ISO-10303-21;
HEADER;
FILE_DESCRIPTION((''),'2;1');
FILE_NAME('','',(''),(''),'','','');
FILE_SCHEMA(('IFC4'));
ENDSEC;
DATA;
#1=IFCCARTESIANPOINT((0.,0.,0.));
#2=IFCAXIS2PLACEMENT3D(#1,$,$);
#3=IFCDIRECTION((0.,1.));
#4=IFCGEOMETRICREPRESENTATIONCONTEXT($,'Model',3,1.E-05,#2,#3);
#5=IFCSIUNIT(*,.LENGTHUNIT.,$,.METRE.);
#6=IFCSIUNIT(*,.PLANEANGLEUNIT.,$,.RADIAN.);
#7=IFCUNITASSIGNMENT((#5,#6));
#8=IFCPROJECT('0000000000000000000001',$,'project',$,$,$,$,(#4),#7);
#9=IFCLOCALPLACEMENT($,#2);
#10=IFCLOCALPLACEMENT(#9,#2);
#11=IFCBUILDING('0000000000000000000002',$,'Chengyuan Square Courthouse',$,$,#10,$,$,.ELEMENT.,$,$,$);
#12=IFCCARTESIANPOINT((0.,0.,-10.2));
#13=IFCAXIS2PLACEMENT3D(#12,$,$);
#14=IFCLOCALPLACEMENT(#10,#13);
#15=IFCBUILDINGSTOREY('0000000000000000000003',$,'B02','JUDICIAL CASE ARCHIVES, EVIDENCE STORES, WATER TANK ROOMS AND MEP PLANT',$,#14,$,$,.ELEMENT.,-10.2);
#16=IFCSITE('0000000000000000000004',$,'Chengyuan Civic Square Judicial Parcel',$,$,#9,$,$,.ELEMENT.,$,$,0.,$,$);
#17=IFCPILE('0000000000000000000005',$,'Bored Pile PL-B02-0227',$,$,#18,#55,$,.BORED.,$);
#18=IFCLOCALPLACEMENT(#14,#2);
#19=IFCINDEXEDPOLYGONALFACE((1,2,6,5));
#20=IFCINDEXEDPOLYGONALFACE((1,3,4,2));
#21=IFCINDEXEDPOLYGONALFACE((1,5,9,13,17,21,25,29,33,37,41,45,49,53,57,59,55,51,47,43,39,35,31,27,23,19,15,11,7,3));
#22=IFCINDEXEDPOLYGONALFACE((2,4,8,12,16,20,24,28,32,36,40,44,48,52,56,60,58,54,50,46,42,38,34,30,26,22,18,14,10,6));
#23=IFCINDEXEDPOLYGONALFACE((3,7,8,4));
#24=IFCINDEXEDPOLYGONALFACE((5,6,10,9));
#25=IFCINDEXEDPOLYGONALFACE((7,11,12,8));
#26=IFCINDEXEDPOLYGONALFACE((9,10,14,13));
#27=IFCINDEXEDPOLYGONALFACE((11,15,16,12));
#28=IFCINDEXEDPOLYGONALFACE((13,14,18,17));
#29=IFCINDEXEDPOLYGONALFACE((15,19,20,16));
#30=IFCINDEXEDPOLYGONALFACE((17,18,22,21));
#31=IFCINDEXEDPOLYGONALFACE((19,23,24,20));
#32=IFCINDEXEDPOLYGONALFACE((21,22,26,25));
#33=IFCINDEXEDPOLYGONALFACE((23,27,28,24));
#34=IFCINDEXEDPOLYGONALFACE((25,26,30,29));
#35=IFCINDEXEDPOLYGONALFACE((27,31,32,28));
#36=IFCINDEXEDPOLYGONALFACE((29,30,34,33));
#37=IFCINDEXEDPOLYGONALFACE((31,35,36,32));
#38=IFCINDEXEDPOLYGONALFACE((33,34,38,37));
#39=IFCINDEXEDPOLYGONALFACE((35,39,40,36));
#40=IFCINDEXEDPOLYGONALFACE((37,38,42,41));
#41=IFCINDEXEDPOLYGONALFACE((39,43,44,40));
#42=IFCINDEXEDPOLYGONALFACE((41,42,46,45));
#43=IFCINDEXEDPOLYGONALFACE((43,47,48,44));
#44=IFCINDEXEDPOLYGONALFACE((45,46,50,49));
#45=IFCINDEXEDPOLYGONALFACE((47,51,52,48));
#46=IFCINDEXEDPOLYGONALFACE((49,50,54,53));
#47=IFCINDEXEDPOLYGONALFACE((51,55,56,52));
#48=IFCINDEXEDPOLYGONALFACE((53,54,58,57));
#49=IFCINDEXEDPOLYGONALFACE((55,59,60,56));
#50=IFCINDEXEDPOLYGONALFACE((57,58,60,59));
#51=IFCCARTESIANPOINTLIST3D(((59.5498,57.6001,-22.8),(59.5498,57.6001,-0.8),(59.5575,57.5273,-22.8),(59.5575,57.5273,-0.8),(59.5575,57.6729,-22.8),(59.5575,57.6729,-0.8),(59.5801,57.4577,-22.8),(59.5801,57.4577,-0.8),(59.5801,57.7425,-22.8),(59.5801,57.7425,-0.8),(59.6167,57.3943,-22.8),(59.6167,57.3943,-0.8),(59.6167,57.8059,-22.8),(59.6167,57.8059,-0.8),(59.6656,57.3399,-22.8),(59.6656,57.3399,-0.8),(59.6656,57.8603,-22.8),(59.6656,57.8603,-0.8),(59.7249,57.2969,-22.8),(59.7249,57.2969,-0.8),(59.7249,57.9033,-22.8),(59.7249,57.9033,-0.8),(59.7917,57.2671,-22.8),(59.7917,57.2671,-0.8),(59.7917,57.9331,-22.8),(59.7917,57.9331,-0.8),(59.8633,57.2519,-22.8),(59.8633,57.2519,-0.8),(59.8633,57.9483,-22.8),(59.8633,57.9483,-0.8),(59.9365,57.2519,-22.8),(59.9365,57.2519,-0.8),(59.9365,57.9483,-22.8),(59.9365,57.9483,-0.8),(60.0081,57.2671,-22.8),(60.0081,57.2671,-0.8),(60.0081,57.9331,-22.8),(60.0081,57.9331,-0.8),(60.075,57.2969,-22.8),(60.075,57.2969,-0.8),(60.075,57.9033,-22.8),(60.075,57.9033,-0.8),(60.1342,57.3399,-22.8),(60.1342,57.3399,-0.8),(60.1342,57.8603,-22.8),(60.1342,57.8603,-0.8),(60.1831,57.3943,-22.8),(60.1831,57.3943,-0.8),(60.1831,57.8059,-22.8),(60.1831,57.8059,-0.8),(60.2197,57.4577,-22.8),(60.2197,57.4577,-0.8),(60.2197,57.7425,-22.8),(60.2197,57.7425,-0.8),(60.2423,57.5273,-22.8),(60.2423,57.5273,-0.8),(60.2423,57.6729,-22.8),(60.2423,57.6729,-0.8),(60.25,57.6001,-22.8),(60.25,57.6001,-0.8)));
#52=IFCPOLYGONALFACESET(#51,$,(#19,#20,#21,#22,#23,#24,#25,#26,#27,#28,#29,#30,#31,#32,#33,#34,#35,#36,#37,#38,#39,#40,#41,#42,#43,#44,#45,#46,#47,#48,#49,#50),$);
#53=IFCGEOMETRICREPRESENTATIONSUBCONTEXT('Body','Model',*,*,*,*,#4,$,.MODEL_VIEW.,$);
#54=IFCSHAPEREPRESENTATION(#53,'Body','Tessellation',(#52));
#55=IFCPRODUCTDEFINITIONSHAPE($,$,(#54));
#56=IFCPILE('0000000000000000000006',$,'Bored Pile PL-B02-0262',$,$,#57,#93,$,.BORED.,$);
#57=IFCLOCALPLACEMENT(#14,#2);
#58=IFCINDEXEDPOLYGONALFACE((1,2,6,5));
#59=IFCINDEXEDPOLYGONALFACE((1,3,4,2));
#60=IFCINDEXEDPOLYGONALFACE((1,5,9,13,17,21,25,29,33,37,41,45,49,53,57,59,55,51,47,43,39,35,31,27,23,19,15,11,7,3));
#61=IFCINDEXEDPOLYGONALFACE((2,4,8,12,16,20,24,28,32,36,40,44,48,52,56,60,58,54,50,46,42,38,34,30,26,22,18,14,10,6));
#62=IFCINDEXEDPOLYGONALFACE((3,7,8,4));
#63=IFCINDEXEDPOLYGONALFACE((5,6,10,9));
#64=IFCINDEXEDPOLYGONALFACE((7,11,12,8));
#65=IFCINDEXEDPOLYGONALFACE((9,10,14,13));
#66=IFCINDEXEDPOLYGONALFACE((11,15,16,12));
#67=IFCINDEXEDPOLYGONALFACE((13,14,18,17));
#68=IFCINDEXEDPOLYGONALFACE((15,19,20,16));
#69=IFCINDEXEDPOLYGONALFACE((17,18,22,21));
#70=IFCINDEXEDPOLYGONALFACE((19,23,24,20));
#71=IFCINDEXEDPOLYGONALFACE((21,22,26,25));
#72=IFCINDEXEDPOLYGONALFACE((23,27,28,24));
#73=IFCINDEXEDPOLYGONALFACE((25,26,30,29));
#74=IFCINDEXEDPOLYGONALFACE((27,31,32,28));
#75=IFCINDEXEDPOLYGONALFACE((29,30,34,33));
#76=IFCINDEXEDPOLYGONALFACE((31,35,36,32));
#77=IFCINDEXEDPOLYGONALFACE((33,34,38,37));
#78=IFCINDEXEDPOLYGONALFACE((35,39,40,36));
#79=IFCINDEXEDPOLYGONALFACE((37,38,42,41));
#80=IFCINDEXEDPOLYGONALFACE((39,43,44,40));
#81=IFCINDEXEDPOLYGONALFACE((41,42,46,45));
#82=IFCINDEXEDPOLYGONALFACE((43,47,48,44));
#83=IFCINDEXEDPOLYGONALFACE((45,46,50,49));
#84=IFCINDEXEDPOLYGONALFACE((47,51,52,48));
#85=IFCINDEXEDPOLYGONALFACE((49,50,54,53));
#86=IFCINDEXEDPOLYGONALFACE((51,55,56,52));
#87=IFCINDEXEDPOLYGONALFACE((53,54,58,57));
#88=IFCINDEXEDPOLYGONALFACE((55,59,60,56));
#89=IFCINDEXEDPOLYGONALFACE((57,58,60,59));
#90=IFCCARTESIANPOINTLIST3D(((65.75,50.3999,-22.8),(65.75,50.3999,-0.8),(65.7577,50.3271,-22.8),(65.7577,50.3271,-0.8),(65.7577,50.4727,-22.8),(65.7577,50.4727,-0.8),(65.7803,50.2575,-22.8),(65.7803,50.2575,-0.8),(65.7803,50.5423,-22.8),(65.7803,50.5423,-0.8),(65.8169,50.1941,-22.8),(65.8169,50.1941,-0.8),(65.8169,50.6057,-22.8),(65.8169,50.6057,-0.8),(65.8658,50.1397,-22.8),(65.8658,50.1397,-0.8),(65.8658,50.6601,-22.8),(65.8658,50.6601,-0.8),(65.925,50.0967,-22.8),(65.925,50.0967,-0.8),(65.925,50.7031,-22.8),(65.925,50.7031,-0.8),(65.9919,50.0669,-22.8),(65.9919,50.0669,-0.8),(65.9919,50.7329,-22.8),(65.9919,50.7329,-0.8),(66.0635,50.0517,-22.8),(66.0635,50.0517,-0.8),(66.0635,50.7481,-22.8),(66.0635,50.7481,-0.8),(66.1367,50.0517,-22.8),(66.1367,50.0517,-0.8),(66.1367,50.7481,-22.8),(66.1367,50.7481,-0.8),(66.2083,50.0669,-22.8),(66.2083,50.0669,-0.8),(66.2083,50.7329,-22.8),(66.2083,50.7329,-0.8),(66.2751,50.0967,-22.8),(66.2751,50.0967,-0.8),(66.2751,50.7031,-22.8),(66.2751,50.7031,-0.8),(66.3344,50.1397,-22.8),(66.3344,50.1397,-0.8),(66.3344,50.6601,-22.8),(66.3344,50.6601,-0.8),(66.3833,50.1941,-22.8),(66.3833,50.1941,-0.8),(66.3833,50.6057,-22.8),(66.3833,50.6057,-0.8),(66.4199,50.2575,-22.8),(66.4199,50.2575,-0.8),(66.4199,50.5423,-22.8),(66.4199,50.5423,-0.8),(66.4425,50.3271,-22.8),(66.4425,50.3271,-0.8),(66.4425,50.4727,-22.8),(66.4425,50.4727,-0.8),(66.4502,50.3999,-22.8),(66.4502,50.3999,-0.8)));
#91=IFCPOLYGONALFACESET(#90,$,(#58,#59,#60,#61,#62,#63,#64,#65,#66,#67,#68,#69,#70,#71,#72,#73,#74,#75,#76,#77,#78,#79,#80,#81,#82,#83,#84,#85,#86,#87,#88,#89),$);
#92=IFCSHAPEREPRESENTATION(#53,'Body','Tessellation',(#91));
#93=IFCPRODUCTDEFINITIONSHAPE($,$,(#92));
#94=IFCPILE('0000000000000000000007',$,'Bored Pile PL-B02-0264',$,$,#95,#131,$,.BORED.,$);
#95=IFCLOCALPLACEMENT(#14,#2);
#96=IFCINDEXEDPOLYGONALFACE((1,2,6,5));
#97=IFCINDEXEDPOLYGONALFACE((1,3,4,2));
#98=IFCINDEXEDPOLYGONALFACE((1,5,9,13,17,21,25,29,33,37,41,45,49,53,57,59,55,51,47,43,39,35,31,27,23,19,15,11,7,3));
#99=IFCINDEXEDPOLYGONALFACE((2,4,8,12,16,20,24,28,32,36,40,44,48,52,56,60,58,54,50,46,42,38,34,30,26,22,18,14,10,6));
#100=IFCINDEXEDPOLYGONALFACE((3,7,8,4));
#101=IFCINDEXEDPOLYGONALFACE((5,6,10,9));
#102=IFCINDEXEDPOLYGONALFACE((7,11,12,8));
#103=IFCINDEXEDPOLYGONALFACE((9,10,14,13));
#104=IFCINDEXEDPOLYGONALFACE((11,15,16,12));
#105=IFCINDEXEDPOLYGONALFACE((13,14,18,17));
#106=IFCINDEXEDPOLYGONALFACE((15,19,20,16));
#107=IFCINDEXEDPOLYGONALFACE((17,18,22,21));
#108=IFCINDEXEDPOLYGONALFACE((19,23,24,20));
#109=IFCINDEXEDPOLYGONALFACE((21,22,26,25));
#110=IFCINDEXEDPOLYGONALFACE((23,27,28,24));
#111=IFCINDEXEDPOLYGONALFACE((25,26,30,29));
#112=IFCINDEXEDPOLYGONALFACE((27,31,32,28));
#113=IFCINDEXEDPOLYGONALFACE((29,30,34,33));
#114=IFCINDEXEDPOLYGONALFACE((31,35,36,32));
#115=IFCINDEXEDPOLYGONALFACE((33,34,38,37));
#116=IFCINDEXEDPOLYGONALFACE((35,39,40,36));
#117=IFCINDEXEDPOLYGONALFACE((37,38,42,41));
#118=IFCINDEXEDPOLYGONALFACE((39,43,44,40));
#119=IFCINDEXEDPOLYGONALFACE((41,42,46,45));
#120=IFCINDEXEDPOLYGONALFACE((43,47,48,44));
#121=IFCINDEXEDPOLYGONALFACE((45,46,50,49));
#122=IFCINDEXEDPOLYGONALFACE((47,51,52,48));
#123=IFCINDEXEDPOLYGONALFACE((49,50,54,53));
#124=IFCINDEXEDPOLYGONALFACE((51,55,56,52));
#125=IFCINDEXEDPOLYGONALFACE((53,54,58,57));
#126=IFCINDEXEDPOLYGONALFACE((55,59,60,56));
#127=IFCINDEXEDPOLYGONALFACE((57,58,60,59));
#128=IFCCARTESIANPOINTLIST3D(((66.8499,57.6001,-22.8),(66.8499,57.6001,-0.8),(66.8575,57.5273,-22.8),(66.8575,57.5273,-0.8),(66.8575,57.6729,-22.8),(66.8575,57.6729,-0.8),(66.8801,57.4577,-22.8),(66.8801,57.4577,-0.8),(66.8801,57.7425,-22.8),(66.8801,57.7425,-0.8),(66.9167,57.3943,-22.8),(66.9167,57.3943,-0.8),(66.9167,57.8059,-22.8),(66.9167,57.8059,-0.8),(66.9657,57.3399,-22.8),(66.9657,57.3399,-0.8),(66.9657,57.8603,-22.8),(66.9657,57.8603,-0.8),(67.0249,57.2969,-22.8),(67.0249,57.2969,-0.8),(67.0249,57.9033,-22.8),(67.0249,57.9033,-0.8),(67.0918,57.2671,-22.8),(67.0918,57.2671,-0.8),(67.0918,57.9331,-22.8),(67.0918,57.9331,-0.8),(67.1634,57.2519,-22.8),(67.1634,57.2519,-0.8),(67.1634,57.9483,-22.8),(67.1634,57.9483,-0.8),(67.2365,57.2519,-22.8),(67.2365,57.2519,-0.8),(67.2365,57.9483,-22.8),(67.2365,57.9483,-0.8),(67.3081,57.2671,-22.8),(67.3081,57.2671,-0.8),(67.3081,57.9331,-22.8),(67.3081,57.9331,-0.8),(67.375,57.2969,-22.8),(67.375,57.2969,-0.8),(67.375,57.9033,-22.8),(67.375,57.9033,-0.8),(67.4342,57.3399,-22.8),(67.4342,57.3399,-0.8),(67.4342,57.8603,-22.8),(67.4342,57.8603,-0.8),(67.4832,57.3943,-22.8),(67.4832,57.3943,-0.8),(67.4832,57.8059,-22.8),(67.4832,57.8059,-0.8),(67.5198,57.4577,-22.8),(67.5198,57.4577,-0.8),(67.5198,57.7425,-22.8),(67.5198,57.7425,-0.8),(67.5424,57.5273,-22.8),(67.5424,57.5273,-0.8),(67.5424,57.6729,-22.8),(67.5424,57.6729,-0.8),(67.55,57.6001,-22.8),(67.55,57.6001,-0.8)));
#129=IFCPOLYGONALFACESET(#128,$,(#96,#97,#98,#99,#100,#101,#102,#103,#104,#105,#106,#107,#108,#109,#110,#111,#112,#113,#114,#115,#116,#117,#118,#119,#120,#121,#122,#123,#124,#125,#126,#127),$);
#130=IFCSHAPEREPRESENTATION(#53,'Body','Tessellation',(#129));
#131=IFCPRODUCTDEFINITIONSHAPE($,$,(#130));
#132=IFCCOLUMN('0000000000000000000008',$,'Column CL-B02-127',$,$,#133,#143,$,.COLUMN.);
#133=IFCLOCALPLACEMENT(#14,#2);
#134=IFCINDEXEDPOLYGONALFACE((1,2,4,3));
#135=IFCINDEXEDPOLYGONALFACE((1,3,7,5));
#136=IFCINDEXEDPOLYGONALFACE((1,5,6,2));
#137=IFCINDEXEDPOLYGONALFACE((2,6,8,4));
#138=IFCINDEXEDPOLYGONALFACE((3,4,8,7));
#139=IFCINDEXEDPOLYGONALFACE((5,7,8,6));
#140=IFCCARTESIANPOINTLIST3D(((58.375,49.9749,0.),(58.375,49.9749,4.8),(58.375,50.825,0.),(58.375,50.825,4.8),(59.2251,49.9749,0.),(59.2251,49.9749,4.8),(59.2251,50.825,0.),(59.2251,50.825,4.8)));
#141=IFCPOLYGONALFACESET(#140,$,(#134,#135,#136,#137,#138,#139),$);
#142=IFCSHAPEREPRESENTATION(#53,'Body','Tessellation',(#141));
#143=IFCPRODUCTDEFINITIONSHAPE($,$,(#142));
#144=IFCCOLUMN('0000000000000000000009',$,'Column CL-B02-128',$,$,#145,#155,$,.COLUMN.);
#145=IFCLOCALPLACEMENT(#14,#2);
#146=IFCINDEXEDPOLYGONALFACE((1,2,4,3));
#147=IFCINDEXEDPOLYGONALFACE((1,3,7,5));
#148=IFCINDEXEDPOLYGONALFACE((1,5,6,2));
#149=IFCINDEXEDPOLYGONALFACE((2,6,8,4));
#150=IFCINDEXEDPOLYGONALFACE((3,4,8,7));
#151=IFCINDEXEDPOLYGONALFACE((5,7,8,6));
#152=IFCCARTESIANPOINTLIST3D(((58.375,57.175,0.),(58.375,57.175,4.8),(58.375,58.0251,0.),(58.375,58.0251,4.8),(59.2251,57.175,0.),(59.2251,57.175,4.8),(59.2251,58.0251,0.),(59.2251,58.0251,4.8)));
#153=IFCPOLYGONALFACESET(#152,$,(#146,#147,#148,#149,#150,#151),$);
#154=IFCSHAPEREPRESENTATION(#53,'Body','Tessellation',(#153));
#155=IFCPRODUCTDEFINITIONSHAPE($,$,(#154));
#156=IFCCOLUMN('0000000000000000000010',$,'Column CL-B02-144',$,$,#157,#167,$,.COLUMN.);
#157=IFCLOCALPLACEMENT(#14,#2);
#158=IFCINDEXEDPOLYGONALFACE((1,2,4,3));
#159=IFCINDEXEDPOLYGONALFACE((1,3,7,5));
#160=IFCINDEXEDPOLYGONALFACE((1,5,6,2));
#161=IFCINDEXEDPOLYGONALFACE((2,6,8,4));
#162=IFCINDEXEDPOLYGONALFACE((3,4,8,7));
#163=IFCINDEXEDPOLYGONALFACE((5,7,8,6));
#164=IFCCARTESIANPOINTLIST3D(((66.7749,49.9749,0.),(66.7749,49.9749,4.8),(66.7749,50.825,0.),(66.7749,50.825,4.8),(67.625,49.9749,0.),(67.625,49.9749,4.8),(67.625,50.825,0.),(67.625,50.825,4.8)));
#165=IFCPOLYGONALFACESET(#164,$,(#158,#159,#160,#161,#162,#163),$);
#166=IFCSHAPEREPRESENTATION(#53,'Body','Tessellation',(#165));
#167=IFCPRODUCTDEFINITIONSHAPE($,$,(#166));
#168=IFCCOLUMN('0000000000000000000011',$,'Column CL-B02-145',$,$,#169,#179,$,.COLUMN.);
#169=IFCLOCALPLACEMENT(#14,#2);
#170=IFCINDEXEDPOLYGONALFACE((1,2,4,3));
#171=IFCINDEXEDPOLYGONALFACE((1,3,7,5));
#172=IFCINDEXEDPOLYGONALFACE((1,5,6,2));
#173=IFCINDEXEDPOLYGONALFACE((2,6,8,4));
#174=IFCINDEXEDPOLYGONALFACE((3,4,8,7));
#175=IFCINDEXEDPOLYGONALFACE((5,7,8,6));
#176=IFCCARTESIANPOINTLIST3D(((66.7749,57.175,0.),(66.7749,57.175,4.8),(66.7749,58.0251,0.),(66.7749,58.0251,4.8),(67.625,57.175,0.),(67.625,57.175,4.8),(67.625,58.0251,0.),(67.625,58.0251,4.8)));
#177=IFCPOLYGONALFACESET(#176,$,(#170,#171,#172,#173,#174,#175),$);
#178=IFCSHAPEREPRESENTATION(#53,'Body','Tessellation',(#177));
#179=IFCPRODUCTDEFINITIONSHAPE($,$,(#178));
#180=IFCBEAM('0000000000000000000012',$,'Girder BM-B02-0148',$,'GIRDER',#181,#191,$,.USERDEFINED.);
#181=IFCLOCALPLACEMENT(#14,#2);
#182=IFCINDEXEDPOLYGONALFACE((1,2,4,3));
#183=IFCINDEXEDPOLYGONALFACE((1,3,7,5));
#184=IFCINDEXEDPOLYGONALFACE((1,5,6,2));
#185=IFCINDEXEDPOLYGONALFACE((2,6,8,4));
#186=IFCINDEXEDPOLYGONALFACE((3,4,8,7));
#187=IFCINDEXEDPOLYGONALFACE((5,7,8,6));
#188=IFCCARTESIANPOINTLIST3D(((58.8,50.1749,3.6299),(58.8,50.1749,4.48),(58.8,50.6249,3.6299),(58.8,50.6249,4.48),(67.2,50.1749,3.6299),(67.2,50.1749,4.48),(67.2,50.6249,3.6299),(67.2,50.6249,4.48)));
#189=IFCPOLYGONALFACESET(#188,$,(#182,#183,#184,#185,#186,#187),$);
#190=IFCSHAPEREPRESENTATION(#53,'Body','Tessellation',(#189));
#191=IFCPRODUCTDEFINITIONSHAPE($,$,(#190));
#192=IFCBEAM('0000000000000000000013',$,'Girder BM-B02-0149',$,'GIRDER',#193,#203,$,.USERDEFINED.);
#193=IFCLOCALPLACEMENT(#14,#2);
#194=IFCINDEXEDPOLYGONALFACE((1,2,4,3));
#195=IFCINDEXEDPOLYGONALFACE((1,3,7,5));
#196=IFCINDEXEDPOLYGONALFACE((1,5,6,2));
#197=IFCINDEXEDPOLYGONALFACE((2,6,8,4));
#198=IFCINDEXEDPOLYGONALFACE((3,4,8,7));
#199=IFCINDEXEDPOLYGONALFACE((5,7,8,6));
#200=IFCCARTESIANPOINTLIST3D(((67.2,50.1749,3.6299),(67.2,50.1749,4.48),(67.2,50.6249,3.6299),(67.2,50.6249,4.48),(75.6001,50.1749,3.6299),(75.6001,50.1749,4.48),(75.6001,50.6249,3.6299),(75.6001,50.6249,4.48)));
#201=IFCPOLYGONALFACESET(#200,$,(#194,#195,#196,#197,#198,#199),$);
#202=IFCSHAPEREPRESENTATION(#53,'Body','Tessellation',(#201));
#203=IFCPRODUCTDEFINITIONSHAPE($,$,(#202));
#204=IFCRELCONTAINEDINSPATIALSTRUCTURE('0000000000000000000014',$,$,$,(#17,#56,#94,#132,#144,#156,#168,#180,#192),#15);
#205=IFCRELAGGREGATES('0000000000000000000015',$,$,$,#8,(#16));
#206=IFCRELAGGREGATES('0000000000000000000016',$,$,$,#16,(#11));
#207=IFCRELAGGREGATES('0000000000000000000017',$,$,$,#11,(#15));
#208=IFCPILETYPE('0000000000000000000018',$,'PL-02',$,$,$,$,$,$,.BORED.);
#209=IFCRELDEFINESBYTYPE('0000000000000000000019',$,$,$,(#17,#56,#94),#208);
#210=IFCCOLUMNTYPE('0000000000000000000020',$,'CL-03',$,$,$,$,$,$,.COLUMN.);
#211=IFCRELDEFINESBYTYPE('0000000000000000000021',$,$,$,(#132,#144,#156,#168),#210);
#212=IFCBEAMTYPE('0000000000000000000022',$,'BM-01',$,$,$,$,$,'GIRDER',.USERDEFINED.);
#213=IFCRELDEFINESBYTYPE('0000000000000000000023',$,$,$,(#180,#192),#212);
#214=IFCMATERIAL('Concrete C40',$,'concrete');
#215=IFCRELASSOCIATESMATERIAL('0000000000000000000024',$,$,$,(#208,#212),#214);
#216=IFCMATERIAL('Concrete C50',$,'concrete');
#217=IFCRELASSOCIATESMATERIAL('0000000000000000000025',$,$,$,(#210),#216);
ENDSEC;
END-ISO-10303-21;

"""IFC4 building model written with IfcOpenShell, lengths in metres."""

from ifc_helpers import new_model, si_unit, direction, frame, origin, origin_2d, place, context, subcontext, project, spatial, rectangle, circle, extrude, material, material_profile, profile_set, type_object, element, save


model = new_model("IFC4")

# Units and contexts
model_context = context("Model", 3, precision=1e-05, world=origin(), true_north=direction((0.0, 1.0)))
body_context = subcontext(model_context, "Body", "Model", "MODEL_VIEW")
ifc_project = project(units=[si_unit("LENGTHUNIT", "METRE"), si_unit("PLANEANGLEUNIT", "RADIAN")], contexts=[model_context])

# Site, building, storey
site_placement = place(None, origin())
site = spatial("IfcSite", under=ifc_project, at=site_placement, Name="Chengyuan Civic Square Judicial Parcel", CompositionType="ELEMENT", RefElevation=0.0)
building_placement = place(site_placement, origin())
building = spatial("IfcBuilding", under=site, at=building_placement, Name="Chengyuan Square Courthouse", CompositionType="ELEMENT")
storey_placement = place(building_placement, frame((0.0, 0.0, -10.2)))
storey = spatial("IfcBuildingStorey", under=building, at=storey_placement, Name="B02", Description="JUDICIAL CASE ARCHIVES, EVIDENCE STORES, WATER TANK ROOMS AND MEP PLANT", CompositionType="ELEMENT", Elevation=-10.2)

# Shared definitions
ifc_material_1 = material(Name="Concrete C40", Category="concrete")

# Piles
ifc_material_profile_1 = material_profile(ifc_material_1, circle(Radius=0.3501, at=origin_2d()), Name="BORED PILE D700")
ifc_profile_set_1 = profile_set([ifc_material_profile_1], Name="Concrete C40")
pile_type_1 = type_object("IfcPileType", Name="PL-02", PredefinedType="BORED", material=ifc_profile_set_1)
for number, where, z_axis, x_axis, name in (
    (1, (59.8999, 57.6001, -0.8), (0.0, 0.0, -1.0), (1.0, 0.0, 0.0), "Bored Pile PL-B02-0227"),
    (2, (66.1001, 50.3999, -0.8), (0.0, 0.0, -1.0), (1.0, 0.0, 0.0), "Bored Pile PL-B02-0262"),
    (3, (67.2, 57.6001, -0.8), (0.0, 0.0, -1.0), (1.0, 0.0, 0.0), "Bored Pile PL-B02-0264"),
):
    element("IfcPile", number, at=place(storey_placement, frame(where, z_axis=z_axis, x_axis=x_axis)), inside=storey, type_object=pile_type_1, Name=name, PredefinedType="BORED", context=body_context, shape_type="SweptSolid", body=[
        extrude(circle(Radius=0.3501, at=origin_2d()), origin(), (0.0, 0.0, 1.0), 22.0),
    ])

# Columns
ifc_material_2 = material(Name="Concrete C50", Category="concrete")
ifc_material_profile_2 = material_profile(ifc_material_2, rectangle(XDim=0.8501, YDim=0.8501, at=origin_2d()), Name="RC-COL-850x850")
ifc_profile_set_2 = profile_set([ifc_material_profile_2], Name="Concrete C50")
column_type = type_object("IfcColumnType", Name="CL-03", PredefinedType="COLUMN", material=ifc_profile_set_2)
for number, where, z_axis, x_axis, name in (
    (4, (58.8, 50.3999, 0.0), (0.0, 0.0, 1.0), (1.0, 0.0, 0.0), "Column CL-B02-127"),
    (5, (58.8, 57.6001, 0.0), (0.0, 0.0, 1.0), (1.0, 0.0, 0.0), "Column CL-B02-128"),
    (6, (67.2, 50.3999, 0.0), (0.0, 0.0, 1.0), (1.0, 0.0, 0.0), "Column CL-B02-144"),
    (7, (67.2, 57.6001, 0.0), (0.0, 0.0, 1.0), (1.0, 0.0, 0.0), "Column CL-B02-145"),
):
    element("IfcColumn", number, at=place(storey_placement, frame(where, z_axis=z_axis, x_axis=x_axis)), inside=storey, type_object=column_type, Name=name, PredefinedType="COLUMN", context=body_context, shape_type="SweptSolid", body=[
        extrude(rectangle(XDim=0.8501, YDim=0.8501, at=origin_2d()), origin(), (0.0, 0.0, 1.0), 4.8),
    ])

# Beams
ifc_material_profile_3 = material_profile(ifc_material_1, rectangle(XDim=0.45, YDim=0.8501, at=origin_2d()), Name="RC-BM-450x850")
ifc_profile_set_3 = profile_set([ifc_material_profile_3], Name="Concrete C40")
beam_type_1 = type_object("IfcBeamType", Name="BM-01", ElementType="GIRDER", PredefinedType="USERDEFINED", material=ifc_profile_set_3)
beam_1_placement = place(storey_placement, frame((58.8, 50.3999, 4.0549), z_axis=(1.0, 0.0, 0.0), x_axis=(0.0, 1.0, 0.0)))
element("IfcBeam", 8, at=beam_1_placement, inside=storey, type_object=beam_type_1, Name="Girder BM-B02-0148", ObjectType="GIRDER", PredefinedType="USERDEFINED", context=body_context, shape_type="SweptSolid", body=[
    extrude(rectangle(XDim=0.45, YDim=0.8501, at=origin_2d()), origin(), (0.0, 0.0, 1.0), 8.3999),
])
beam_2_placement = place(storey_placement, frame((67.2, 50.3999, 4.0549), z_axis=(1.0, 0.0, 0.0), x_axis=(0.0, 1.0, 0.0)))
element("IfcBeam", 9, at=beam_2_placement, inside=storey, type_object=beam_type_1, Name="Girder BM-B02-0149", ObjectType="GIRDER", PredefinedType="USERDEFINED", context=body_context, shape_type="SweptSolid", body=[
    extrude(rectangle(XDim=0.45, YDim=0.8501, at=origin_2d()), origin(), (0.0, 0.0, 1.0), 8.4001),
])

save(model, "model.ifc")
